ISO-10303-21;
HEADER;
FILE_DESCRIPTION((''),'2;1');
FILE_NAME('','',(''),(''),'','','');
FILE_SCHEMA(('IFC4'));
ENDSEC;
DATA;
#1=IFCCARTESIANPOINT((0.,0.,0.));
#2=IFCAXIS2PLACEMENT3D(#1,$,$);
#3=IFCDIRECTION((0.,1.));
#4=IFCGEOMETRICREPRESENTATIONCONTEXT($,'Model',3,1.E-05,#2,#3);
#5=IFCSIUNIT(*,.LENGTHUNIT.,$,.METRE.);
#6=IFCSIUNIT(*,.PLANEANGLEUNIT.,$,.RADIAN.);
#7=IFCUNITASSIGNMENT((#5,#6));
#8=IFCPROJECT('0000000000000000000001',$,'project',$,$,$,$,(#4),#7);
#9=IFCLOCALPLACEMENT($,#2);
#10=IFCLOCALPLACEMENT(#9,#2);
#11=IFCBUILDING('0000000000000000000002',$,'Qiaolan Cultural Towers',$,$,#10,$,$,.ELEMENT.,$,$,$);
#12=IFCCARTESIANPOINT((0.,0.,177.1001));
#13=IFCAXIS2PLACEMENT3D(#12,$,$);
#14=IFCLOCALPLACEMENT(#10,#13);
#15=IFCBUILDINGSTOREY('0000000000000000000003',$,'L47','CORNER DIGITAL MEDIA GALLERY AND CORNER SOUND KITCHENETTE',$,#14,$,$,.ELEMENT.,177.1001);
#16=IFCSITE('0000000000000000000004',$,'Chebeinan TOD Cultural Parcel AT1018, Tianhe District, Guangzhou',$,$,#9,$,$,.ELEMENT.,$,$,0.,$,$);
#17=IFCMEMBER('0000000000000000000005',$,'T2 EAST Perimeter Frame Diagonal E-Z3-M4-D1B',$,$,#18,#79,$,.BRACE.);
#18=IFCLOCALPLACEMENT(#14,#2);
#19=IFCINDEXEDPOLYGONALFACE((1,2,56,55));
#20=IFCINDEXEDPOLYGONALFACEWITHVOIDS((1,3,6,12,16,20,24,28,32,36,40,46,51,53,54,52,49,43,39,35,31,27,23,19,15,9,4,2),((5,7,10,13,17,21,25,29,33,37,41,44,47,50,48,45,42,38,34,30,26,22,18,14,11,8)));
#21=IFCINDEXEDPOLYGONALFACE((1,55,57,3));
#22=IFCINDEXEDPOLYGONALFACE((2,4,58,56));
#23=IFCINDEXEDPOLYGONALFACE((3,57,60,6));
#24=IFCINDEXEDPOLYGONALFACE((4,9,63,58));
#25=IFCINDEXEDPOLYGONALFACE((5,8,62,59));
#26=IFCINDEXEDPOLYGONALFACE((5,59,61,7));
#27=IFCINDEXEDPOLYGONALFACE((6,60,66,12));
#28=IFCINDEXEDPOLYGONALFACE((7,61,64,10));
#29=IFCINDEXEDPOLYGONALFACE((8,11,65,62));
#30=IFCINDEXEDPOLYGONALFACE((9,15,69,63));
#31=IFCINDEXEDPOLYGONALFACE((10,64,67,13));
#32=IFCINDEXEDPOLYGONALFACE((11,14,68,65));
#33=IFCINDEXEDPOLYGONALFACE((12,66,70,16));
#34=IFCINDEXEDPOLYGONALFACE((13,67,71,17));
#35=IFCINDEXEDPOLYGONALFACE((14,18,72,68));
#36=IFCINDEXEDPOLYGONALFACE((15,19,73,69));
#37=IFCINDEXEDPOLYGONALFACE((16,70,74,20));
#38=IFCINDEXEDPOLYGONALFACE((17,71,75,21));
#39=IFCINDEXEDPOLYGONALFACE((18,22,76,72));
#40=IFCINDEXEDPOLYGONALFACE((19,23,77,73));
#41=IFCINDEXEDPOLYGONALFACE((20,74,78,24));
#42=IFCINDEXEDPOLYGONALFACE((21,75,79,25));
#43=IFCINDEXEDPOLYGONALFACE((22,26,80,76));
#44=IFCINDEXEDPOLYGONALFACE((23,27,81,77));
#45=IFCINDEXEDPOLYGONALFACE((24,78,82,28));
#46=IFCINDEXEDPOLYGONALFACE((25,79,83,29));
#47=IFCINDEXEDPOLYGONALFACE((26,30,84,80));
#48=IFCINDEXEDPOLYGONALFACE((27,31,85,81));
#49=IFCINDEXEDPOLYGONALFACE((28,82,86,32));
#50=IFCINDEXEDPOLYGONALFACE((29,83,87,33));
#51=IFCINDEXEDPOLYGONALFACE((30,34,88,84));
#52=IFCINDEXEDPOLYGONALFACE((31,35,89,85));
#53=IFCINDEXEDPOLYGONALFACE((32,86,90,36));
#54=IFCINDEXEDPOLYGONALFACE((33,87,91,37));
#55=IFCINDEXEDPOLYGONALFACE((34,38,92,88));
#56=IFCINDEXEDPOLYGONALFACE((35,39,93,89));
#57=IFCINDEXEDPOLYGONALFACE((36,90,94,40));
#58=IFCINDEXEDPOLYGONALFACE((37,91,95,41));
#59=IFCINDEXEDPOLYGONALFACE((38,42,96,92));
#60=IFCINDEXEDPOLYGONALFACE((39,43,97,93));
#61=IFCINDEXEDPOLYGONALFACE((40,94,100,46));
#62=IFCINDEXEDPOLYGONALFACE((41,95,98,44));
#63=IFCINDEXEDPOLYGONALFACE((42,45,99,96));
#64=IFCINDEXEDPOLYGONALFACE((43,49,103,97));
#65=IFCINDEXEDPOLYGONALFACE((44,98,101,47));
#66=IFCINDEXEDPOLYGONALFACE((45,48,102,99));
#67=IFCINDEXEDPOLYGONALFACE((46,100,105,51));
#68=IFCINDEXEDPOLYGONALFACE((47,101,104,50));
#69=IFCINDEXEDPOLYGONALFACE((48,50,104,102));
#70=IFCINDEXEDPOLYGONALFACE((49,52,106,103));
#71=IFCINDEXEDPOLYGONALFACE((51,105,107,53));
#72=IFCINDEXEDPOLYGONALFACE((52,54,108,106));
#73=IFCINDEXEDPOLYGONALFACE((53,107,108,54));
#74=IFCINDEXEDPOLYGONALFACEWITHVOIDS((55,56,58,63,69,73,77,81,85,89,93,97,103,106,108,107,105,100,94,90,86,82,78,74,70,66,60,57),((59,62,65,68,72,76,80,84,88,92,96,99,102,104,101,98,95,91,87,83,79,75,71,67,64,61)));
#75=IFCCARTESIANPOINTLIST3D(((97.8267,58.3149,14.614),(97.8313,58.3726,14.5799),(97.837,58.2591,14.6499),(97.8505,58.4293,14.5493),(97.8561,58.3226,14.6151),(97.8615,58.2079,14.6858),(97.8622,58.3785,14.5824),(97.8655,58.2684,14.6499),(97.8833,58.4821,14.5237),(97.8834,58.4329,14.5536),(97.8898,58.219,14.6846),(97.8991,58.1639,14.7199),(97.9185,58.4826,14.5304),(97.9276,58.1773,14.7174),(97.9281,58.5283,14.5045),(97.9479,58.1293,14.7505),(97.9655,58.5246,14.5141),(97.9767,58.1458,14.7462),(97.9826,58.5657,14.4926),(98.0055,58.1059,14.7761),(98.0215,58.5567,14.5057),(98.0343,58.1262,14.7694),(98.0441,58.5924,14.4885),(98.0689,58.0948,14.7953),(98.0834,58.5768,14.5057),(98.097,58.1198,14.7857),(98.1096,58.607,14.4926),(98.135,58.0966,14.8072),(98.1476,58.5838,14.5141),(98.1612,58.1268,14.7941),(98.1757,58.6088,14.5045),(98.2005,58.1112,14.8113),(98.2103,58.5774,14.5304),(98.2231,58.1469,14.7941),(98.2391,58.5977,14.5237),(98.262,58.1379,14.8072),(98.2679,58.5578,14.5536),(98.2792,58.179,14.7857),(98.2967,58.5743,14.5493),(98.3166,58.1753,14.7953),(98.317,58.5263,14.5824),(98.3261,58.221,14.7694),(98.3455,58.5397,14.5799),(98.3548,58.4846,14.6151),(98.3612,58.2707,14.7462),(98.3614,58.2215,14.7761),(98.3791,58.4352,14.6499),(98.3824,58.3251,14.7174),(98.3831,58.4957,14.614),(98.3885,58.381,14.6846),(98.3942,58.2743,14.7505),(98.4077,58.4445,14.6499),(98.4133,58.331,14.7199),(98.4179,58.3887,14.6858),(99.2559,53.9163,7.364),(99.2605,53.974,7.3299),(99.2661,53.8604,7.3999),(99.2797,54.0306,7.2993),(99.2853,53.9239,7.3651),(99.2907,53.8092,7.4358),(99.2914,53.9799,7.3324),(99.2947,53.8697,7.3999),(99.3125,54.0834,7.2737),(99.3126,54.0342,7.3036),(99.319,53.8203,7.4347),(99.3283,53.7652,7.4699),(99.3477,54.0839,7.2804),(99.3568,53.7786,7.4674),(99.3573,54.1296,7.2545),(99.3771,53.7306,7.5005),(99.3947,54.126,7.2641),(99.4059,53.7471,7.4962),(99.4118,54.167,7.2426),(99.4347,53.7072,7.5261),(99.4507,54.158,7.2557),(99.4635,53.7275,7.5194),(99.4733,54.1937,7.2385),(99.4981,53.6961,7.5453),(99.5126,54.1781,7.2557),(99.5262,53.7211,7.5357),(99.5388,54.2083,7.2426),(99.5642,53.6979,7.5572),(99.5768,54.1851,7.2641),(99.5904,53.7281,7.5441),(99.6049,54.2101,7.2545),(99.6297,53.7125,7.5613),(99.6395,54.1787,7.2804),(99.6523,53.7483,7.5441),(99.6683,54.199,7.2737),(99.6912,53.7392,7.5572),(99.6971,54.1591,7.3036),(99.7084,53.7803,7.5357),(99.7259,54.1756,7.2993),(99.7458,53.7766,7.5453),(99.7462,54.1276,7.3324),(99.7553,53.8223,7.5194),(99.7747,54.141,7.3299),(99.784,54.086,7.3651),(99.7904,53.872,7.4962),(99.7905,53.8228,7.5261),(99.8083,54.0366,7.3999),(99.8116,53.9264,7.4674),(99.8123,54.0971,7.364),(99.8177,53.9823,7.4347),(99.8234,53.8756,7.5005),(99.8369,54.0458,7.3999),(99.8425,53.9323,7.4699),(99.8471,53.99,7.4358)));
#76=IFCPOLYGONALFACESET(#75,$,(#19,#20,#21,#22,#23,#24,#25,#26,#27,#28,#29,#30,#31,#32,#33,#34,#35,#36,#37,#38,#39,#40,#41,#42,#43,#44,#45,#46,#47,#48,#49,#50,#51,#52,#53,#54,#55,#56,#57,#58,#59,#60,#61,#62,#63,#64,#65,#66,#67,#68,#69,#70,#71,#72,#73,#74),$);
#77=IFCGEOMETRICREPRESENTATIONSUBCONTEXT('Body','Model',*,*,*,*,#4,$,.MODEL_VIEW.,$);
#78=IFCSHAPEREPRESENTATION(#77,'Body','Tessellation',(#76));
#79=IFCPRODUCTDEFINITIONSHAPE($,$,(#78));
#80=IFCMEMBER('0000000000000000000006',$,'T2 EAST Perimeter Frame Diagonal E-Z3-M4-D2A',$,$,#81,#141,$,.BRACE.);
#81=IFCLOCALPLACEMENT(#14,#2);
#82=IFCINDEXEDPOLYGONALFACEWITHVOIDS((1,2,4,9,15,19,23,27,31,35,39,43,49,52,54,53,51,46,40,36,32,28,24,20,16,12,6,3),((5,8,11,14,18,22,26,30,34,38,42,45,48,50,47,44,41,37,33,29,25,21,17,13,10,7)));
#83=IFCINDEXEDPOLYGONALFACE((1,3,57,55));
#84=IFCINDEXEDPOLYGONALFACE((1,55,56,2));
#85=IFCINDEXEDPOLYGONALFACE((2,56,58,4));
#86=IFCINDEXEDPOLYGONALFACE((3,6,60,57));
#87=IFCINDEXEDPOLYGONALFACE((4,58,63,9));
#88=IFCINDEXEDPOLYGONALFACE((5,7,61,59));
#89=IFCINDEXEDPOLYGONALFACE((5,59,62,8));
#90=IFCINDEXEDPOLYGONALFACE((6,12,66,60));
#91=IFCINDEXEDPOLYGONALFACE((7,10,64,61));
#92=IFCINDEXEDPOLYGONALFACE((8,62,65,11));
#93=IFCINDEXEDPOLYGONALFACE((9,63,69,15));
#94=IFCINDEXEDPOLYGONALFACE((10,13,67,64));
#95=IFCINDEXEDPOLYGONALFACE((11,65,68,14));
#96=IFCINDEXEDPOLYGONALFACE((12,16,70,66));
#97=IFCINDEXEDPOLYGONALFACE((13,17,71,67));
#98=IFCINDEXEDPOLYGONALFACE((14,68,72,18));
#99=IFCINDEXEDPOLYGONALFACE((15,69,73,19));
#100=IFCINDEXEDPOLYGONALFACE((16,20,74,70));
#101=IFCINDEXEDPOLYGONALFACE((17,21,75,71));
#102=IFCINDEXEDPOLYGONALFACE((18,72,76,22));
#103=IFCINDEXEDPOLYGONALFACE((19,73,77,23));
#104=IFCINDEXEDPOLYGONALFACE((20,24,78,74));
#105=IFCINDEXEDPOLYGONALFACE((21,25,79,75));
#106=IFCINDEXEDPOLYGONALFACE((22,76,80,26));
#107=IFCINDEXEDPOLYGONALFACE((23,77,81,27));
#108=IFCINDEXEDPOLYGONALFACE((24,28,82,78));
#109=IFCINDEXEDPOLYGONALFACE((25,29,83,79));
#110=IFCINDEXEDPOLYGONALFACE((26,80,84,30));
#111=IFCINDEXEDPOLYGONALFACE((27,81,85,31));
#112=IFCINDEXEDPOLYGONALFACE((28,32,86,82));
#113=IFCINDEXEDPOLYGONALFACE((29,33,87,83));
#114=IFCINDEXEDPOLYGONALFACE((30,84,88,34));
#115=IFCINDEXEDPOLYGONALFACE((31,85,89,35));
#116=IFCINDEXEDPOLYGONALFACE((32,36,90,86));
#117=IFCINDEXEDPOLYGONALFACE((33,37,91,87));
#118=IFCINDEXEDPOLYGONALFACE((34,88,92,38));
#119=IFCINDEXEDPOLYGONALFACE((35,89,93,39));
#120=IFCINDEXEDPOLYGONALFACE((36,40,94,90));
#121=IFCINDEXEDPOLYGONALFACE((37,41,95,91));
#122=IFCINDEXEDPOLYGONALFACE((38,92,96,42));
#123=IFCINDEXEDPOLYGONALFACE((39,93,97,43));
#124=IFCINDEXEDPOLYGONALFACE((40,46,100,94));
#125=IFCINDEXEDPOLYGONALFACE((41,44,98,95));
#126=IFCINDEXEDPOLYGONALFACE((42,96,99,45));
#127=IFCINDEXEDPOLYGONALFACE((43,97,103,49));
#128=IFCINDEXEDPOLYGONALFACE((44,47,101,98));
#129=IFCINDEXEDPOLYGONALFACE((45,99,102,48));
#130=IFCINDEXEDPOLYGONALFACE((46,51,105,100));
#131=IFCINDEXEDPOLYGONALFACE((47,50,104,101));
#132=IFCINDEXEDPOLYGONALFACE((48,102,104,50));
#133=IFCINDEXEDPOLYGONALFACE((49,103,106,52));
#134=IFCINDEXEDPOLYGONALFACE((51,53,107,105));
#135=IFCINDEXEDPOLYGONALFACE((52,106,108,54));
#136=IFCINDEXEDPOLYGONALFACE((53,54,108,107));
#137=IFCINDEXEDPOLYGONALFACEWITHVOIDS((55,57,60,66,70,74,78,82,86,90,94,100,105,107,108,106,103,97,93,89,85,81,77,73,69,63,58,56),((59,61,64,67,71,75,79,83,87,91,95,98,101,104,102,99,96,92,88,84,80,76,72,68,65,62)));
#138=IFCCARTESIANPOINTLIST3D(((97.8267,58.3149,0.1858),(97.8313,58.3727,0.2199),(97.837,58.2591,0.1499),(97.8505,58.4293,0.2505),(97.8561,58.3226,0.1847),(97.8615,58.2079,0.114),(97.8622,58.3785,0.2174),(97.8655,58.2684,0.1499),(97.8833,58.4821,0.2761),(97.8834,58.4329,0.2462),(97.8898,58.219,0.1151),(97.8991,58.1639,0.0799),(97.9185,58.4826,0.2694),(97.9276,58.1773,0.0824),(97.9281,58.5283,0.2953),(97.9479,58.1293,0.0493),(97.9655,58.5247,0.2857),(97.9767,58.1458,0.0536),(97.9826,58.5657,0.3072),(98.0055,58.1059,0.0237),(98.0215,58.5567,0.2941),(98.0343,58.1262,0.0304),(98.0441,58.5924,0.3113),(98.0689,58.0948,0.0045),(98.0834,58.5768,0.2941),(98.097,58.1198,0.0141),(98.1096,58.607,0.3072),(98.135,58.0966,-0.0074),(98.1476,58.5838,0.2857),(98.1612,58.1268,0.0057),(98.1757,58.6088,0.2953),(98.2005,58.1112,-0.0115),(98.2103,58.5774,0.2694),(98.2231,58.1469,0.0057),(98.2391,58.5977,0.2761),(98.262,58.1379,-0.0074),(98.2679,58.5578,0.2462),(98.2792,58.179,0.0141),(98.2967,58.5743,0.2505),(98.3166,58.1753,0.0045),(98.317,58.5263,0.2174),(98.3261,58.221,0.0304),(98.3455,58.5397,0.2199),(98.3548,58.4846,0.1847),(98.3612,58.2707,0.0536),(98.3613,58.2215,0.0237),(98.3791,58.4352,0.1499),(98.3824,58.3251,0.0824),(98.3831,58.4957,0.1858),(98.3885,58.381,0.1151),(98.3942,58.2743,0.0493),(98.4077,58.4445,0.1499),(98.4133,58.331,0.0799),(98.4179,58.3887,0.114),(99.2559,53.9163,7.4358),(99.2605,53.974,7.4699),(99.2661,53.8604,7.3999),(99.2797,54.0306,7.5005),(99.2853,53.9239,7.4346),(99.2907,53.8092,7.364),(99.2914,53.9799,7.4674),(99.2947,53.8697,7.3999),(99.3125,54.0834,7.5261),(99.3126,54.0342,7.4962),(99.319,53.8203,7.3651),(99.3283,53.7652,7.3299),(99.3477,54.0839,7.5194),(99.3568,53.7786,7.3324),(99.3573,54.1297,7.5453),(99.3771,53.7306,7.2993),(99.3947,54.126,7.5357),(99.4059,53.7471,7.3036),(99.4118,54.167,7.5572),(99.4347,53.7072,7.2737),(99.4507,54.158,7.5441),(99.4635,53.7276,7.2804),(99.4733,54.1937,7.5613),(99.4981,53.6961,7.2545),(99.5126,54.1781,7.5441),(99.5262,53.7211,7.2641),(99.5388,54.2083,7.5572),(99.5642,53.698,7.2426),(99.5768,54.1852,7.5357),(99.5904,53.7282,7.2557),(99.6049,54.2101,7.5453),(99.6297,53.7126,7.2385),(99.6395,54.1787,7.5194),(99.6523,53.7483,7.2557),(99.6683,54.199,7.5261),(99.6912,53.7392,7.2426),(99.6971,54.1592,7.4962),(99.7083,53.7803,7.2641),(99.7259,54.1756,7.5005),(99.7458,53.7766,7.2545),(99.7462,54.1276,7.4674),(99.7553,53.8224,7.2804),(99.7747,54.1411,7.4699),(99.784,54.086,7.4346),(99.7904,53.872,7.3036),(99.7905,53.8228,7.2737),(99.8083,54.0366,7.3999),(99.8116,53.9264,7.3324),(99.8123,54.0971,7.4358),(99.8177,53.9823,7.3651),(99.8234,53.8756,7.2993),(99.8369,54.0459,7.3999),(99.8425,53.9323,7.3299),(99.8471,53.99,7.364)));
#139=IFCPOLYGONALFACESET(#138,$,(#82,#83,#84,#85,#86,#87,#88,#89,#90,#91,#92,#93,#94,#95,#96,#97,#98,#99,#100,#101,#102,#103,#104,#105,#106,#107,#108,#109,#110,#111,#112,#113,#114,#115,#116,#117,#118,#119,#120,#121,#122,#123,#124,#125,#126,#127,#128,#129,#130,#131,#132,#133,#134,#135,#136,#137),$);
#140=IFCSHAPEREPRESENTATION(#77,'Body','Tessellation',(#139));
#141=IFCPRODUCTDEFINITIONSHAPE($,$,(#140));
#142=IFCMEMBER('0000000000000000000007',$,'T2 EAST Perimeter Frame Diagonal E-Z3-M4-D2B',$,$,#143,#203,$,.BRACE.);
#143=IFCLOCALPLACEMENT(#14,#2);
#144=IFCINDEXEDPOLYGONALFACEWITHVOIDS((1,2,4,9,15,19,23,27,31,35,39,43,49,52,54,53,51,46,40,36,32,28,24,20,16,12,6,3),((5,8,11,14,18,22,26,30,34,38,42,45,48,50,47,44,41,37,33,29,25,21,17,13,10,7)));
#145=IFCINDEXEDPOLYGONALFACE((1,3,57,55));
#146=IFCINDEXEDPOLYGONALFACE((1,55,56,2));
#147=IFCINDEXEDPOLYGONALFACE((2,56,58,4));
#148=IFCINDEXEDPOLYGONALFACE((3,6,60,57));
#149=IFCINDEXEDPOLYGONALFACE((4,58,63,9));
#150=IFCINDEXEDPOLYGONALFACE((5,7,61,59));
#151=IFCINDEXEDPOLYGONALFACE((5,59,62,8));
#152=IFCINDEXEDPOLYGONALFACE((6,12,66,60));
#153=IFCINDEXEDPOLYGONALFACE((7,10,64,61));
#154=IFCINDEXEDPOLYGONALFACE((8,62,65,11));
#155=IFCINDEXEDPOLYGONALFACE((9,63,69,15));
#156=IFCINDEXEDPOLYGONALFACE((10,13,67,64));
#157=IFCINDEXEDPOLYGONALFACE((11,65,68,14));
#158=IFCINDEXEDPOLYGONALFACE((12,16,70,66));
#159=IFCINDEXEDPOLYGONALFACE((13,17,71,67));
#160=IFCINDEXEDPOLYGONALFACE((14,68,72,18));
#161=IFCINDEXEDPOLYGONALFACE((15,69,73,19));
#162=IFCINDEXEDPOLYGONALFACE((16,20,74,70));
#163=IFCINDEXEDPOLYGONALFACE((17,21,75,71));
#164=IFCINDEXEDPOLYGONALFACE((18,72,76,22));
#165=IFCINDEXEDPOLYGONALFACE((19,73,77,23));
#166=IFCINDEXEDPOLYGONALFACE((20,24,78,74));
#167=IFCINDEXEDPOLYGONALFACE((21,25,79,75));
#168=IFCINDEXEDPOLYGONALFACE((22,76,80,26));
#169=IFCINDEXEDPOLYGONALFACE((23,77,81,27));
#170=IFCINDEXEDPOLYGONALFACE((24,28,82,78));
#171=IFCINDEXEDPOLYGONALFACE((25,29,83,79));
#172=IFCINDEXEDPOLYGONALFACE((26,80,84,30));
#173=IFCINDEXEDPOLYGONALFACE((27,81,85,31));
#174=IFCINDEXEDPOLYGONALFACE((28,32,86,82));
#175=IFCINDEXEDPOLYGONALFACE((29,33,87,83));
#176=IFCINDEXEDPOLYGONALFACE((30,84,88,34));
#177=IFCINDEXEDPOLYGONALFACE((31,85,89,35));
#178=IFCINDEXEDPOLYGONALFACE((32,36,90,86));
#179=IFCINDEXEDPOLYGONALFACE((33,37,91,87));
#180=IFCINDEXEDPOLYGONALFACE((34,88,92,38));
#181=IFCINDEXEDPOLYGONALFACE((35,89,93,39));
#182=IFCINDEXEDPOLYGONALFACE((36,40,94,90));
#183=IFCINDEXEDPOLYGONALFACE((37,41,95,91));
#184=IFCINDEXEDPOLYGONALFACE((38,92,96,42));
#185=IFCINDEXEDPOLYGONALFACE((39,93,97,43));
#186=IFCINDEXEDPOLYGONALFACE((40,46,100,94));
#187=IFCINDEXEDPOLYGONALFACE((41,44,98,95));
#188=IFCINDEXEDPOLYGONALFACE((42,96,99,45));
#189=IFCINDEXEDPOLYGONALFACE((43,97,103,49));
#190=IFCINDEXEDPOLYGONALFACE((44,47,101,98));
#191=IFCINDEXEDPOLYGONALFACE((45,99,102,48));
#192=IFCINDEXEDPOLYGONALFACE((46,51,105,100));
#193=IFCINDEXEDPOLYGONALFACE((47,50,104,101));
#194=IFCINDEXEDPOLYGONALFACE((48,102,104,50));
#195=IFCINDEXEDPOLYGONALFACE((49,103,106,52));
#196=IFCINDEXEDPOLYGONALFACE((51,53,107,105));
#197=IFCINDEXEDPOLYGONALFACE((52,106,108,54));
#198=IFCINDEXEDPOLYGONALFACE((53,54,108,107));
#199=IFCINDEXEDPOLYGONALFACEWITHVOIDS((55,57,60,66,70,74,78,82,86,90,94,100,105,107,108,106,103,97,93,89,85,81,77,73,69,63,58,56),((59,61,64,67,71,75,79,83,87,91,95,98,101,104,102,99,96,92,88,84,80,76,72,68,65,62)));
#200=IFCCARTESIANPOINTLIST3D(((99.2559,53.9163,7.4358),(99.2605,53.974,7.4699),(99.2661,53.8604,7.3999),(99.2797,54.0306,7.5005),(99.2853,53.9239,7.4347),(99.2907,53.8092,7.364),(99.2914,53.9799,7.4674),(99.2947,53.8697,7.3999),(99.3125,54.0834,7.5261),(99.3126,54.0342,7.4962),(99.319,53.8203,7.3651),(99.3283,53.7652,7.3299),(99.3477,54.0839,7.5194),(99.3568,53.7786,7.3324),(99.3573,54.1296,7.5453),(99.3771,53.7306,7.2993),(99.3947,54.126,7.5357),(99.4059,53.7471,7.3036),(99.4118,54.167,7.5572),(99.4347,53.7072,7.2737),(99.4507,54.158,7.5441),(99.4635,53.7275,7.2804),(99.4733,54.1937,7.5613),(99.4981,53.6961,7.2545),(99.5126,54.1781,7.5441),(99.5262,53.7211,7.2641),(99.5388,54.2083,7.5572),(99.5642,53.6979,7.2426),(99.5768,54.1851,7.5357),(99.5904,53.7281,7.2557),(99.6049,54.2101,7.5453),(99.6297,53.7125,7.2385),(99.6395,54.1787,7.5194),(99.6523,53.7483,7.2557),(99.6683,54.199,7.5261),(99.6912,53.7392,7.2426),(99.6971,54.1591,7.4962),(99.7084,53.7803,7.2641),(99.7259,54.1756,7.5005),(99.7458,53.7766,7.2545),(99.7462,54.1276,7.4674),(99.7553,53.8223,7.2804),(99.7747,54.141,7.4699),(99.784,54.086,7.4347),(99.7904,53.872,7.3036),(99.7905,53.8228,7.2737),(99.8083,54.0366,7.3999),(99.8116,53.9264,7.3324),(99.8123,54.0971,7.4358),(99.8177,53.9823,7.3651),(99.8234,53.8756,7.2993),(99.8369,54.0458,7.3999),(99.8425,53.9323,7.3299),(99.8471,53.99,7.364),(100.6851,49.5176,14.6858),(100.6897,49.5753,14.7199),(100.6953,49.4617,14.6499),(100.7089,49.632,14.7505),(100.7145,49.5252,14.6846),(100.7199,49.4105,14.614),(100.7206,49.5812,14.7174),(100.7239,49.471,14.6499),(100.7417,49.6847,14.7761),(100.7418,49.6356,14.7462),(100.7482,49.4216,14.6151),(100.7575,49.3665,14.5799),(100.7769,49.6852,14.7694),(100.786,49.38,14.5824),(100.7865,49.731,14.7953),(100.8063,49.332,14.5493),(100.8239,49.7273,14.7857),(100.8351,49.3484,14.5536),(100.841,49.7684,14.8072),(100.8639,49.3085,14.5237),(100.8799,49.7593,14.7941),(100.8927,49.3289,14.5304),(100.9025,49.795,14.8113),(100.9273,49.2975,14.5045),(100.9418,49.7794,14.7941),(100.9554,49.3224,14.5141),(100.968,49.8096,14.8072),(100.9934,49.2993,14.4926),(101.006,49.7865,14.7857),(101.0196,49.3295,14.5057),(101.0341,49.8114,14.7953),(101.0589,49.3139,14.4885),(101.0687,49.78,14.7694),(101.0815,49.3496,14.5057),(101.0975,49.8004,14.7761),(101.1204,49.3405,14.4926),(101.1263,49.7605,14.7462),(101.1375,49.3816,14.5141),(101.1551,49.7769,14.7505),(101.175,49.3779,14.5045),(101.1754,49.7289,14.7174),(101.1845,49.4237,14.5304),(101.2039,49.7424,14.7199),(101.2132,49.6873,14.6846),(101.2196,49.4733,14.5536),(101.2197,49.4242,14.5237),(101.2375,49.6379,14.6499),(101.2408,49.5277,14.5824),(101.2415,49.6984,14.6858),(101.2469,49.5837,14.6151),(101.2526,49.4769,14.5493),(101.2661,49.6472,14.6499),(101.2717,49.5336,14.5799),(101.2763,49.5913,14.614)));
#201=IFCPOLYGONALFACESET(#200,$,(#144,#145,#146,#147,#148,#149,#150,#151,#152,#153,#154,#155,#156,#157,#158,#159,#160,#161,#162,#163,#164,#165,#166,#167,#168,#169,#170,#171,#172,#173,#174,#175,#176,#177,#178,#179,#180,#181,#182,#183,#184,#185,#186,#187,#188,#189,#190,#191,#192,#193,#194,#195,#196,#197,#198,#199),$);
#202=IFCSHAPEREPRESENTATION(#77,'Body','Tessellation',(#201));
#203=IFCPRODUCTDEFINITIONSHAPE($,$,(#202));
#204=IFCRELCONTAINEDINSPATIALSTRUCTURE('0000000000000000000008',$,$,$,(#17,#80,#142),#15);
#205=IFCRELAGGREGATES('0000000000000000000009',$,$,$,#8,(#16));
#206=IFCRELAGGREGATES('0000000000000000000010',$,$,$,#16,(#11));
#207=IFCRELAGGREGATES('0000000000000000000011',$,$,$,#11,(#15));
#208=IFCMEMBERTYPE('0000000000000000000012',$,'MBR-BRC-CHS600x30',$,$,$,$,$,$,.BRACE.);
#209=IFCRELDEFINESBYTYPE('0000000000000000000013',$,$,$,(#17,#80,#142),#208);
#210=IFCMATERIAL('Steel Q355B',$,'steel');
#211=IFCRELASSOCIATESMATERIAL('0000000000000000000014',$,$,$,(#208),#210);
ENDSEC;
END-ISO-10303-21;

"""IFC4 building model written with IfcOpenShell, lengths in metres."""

from ifc_helpers import new_model, si_unit, direction, frame, origin, origin_2d, place, context, subcontext, project, spatial, hollow_circle, extrude, material, material_profile, profile_set, type_object, element, save


model = new_model("IFC4")

# Units and contexts
model_context = context("Model", 3, precision=1e-05, world=origin(), true_north=direction((0.0, 1.0)))
body_context = subcontext(model_context, "Body", "Model", "MODEL_VIEW")
ifc_project = project(units=[si_unit("LENGTHUNIT", "METRE"), si_unit("PLANEANGLEUNIT", "RADIAN")], contexts=[model_context])

# Site, building, storey
site_placement = place(None, origin())
site = spatial("IfcSite", under=ifc_project, at=site_placement, Name="Chebeinan TOD Cultural Parcel AT1018, Tianhe District, Guangzhou", CompositionType="ELEMENT", RefElevation=0.0)
building_placement = place(site_placement, origin())
building = spatial("IfcBuilding", under=site, at=building_placement, Name="Qiaolan Cultural Towers", CompositionType="ELEMENT")
storey_placement = place(building_placement, frame((0.0, 0.0, 177.1001)))
storey = spatial("IfcBuildingStorey", under=building, at=storey_placement, Name="L47", Description="CORNER DIGITAL MEDIA GALLERY AND CORNER SOUND KITCHENETTE", CompositionType="ELEMENT", Elevation=177.1001)

# Members
ifc_material_1 = material(Name="Steel Q355B", Category="steel")
ifc_material_profile_1 = material_profile(ifc_material_1, hollow_circle(Radius=0.3, WallThickness=0.03, at=origin_2d()), Name="CHS600x30")
ifc_profile_set_1 = profile_set([ifc_material_profile_1], Name="Steel Q355B")
member_type = type_object("IfcMemberType", Name="MBR-BRC-CHS600x30", PredefinedType="BRACE", material=ifc_profile_set_1)
for number, where, z_axis, x_axis, name in (
    (1, (99.5515, 53.9531, 7.3999), (-0.166193, 0.511497, 0.84306), (-0.951058, -0.309013, 0.0), "T2 EAST Perimeter Frame Diagonal E-Z3-M4-D1B"),
    (2, (98.1223, 58.3518, 0.1499), (0.166193, -0.511497, 0.84306), (0.951058, 0.309013, 0.0), "T2 EAST Perimeter Frame Diagonal E-Z3-M4-D2A"),
    (3, (99.5515, 53.9531, 7.3999), (0.166193, -0.511497, 0.84306), (0.951058, 0.309013, 0.0), "T2 EAST Perimeter Frame Diagonal E-Z3-M4-D2B"),
):
    element("IfcMember", number, at=place(storey_placement, frame(where, z_axis=z_axis, x_axis=x_axis)), inside=storey, type_object=member_type, Name=name, PredefinedType="BRACE", context=body_context, shape_type="SweptSolid", body=[
        extrude(hollow_circle(Radius=0.3, WallThickness=0.03, at=origin_2d()), origin(), (0.0, 0.0, 1.0), 8.5996),
    ])

save(model, "model.ifc")
